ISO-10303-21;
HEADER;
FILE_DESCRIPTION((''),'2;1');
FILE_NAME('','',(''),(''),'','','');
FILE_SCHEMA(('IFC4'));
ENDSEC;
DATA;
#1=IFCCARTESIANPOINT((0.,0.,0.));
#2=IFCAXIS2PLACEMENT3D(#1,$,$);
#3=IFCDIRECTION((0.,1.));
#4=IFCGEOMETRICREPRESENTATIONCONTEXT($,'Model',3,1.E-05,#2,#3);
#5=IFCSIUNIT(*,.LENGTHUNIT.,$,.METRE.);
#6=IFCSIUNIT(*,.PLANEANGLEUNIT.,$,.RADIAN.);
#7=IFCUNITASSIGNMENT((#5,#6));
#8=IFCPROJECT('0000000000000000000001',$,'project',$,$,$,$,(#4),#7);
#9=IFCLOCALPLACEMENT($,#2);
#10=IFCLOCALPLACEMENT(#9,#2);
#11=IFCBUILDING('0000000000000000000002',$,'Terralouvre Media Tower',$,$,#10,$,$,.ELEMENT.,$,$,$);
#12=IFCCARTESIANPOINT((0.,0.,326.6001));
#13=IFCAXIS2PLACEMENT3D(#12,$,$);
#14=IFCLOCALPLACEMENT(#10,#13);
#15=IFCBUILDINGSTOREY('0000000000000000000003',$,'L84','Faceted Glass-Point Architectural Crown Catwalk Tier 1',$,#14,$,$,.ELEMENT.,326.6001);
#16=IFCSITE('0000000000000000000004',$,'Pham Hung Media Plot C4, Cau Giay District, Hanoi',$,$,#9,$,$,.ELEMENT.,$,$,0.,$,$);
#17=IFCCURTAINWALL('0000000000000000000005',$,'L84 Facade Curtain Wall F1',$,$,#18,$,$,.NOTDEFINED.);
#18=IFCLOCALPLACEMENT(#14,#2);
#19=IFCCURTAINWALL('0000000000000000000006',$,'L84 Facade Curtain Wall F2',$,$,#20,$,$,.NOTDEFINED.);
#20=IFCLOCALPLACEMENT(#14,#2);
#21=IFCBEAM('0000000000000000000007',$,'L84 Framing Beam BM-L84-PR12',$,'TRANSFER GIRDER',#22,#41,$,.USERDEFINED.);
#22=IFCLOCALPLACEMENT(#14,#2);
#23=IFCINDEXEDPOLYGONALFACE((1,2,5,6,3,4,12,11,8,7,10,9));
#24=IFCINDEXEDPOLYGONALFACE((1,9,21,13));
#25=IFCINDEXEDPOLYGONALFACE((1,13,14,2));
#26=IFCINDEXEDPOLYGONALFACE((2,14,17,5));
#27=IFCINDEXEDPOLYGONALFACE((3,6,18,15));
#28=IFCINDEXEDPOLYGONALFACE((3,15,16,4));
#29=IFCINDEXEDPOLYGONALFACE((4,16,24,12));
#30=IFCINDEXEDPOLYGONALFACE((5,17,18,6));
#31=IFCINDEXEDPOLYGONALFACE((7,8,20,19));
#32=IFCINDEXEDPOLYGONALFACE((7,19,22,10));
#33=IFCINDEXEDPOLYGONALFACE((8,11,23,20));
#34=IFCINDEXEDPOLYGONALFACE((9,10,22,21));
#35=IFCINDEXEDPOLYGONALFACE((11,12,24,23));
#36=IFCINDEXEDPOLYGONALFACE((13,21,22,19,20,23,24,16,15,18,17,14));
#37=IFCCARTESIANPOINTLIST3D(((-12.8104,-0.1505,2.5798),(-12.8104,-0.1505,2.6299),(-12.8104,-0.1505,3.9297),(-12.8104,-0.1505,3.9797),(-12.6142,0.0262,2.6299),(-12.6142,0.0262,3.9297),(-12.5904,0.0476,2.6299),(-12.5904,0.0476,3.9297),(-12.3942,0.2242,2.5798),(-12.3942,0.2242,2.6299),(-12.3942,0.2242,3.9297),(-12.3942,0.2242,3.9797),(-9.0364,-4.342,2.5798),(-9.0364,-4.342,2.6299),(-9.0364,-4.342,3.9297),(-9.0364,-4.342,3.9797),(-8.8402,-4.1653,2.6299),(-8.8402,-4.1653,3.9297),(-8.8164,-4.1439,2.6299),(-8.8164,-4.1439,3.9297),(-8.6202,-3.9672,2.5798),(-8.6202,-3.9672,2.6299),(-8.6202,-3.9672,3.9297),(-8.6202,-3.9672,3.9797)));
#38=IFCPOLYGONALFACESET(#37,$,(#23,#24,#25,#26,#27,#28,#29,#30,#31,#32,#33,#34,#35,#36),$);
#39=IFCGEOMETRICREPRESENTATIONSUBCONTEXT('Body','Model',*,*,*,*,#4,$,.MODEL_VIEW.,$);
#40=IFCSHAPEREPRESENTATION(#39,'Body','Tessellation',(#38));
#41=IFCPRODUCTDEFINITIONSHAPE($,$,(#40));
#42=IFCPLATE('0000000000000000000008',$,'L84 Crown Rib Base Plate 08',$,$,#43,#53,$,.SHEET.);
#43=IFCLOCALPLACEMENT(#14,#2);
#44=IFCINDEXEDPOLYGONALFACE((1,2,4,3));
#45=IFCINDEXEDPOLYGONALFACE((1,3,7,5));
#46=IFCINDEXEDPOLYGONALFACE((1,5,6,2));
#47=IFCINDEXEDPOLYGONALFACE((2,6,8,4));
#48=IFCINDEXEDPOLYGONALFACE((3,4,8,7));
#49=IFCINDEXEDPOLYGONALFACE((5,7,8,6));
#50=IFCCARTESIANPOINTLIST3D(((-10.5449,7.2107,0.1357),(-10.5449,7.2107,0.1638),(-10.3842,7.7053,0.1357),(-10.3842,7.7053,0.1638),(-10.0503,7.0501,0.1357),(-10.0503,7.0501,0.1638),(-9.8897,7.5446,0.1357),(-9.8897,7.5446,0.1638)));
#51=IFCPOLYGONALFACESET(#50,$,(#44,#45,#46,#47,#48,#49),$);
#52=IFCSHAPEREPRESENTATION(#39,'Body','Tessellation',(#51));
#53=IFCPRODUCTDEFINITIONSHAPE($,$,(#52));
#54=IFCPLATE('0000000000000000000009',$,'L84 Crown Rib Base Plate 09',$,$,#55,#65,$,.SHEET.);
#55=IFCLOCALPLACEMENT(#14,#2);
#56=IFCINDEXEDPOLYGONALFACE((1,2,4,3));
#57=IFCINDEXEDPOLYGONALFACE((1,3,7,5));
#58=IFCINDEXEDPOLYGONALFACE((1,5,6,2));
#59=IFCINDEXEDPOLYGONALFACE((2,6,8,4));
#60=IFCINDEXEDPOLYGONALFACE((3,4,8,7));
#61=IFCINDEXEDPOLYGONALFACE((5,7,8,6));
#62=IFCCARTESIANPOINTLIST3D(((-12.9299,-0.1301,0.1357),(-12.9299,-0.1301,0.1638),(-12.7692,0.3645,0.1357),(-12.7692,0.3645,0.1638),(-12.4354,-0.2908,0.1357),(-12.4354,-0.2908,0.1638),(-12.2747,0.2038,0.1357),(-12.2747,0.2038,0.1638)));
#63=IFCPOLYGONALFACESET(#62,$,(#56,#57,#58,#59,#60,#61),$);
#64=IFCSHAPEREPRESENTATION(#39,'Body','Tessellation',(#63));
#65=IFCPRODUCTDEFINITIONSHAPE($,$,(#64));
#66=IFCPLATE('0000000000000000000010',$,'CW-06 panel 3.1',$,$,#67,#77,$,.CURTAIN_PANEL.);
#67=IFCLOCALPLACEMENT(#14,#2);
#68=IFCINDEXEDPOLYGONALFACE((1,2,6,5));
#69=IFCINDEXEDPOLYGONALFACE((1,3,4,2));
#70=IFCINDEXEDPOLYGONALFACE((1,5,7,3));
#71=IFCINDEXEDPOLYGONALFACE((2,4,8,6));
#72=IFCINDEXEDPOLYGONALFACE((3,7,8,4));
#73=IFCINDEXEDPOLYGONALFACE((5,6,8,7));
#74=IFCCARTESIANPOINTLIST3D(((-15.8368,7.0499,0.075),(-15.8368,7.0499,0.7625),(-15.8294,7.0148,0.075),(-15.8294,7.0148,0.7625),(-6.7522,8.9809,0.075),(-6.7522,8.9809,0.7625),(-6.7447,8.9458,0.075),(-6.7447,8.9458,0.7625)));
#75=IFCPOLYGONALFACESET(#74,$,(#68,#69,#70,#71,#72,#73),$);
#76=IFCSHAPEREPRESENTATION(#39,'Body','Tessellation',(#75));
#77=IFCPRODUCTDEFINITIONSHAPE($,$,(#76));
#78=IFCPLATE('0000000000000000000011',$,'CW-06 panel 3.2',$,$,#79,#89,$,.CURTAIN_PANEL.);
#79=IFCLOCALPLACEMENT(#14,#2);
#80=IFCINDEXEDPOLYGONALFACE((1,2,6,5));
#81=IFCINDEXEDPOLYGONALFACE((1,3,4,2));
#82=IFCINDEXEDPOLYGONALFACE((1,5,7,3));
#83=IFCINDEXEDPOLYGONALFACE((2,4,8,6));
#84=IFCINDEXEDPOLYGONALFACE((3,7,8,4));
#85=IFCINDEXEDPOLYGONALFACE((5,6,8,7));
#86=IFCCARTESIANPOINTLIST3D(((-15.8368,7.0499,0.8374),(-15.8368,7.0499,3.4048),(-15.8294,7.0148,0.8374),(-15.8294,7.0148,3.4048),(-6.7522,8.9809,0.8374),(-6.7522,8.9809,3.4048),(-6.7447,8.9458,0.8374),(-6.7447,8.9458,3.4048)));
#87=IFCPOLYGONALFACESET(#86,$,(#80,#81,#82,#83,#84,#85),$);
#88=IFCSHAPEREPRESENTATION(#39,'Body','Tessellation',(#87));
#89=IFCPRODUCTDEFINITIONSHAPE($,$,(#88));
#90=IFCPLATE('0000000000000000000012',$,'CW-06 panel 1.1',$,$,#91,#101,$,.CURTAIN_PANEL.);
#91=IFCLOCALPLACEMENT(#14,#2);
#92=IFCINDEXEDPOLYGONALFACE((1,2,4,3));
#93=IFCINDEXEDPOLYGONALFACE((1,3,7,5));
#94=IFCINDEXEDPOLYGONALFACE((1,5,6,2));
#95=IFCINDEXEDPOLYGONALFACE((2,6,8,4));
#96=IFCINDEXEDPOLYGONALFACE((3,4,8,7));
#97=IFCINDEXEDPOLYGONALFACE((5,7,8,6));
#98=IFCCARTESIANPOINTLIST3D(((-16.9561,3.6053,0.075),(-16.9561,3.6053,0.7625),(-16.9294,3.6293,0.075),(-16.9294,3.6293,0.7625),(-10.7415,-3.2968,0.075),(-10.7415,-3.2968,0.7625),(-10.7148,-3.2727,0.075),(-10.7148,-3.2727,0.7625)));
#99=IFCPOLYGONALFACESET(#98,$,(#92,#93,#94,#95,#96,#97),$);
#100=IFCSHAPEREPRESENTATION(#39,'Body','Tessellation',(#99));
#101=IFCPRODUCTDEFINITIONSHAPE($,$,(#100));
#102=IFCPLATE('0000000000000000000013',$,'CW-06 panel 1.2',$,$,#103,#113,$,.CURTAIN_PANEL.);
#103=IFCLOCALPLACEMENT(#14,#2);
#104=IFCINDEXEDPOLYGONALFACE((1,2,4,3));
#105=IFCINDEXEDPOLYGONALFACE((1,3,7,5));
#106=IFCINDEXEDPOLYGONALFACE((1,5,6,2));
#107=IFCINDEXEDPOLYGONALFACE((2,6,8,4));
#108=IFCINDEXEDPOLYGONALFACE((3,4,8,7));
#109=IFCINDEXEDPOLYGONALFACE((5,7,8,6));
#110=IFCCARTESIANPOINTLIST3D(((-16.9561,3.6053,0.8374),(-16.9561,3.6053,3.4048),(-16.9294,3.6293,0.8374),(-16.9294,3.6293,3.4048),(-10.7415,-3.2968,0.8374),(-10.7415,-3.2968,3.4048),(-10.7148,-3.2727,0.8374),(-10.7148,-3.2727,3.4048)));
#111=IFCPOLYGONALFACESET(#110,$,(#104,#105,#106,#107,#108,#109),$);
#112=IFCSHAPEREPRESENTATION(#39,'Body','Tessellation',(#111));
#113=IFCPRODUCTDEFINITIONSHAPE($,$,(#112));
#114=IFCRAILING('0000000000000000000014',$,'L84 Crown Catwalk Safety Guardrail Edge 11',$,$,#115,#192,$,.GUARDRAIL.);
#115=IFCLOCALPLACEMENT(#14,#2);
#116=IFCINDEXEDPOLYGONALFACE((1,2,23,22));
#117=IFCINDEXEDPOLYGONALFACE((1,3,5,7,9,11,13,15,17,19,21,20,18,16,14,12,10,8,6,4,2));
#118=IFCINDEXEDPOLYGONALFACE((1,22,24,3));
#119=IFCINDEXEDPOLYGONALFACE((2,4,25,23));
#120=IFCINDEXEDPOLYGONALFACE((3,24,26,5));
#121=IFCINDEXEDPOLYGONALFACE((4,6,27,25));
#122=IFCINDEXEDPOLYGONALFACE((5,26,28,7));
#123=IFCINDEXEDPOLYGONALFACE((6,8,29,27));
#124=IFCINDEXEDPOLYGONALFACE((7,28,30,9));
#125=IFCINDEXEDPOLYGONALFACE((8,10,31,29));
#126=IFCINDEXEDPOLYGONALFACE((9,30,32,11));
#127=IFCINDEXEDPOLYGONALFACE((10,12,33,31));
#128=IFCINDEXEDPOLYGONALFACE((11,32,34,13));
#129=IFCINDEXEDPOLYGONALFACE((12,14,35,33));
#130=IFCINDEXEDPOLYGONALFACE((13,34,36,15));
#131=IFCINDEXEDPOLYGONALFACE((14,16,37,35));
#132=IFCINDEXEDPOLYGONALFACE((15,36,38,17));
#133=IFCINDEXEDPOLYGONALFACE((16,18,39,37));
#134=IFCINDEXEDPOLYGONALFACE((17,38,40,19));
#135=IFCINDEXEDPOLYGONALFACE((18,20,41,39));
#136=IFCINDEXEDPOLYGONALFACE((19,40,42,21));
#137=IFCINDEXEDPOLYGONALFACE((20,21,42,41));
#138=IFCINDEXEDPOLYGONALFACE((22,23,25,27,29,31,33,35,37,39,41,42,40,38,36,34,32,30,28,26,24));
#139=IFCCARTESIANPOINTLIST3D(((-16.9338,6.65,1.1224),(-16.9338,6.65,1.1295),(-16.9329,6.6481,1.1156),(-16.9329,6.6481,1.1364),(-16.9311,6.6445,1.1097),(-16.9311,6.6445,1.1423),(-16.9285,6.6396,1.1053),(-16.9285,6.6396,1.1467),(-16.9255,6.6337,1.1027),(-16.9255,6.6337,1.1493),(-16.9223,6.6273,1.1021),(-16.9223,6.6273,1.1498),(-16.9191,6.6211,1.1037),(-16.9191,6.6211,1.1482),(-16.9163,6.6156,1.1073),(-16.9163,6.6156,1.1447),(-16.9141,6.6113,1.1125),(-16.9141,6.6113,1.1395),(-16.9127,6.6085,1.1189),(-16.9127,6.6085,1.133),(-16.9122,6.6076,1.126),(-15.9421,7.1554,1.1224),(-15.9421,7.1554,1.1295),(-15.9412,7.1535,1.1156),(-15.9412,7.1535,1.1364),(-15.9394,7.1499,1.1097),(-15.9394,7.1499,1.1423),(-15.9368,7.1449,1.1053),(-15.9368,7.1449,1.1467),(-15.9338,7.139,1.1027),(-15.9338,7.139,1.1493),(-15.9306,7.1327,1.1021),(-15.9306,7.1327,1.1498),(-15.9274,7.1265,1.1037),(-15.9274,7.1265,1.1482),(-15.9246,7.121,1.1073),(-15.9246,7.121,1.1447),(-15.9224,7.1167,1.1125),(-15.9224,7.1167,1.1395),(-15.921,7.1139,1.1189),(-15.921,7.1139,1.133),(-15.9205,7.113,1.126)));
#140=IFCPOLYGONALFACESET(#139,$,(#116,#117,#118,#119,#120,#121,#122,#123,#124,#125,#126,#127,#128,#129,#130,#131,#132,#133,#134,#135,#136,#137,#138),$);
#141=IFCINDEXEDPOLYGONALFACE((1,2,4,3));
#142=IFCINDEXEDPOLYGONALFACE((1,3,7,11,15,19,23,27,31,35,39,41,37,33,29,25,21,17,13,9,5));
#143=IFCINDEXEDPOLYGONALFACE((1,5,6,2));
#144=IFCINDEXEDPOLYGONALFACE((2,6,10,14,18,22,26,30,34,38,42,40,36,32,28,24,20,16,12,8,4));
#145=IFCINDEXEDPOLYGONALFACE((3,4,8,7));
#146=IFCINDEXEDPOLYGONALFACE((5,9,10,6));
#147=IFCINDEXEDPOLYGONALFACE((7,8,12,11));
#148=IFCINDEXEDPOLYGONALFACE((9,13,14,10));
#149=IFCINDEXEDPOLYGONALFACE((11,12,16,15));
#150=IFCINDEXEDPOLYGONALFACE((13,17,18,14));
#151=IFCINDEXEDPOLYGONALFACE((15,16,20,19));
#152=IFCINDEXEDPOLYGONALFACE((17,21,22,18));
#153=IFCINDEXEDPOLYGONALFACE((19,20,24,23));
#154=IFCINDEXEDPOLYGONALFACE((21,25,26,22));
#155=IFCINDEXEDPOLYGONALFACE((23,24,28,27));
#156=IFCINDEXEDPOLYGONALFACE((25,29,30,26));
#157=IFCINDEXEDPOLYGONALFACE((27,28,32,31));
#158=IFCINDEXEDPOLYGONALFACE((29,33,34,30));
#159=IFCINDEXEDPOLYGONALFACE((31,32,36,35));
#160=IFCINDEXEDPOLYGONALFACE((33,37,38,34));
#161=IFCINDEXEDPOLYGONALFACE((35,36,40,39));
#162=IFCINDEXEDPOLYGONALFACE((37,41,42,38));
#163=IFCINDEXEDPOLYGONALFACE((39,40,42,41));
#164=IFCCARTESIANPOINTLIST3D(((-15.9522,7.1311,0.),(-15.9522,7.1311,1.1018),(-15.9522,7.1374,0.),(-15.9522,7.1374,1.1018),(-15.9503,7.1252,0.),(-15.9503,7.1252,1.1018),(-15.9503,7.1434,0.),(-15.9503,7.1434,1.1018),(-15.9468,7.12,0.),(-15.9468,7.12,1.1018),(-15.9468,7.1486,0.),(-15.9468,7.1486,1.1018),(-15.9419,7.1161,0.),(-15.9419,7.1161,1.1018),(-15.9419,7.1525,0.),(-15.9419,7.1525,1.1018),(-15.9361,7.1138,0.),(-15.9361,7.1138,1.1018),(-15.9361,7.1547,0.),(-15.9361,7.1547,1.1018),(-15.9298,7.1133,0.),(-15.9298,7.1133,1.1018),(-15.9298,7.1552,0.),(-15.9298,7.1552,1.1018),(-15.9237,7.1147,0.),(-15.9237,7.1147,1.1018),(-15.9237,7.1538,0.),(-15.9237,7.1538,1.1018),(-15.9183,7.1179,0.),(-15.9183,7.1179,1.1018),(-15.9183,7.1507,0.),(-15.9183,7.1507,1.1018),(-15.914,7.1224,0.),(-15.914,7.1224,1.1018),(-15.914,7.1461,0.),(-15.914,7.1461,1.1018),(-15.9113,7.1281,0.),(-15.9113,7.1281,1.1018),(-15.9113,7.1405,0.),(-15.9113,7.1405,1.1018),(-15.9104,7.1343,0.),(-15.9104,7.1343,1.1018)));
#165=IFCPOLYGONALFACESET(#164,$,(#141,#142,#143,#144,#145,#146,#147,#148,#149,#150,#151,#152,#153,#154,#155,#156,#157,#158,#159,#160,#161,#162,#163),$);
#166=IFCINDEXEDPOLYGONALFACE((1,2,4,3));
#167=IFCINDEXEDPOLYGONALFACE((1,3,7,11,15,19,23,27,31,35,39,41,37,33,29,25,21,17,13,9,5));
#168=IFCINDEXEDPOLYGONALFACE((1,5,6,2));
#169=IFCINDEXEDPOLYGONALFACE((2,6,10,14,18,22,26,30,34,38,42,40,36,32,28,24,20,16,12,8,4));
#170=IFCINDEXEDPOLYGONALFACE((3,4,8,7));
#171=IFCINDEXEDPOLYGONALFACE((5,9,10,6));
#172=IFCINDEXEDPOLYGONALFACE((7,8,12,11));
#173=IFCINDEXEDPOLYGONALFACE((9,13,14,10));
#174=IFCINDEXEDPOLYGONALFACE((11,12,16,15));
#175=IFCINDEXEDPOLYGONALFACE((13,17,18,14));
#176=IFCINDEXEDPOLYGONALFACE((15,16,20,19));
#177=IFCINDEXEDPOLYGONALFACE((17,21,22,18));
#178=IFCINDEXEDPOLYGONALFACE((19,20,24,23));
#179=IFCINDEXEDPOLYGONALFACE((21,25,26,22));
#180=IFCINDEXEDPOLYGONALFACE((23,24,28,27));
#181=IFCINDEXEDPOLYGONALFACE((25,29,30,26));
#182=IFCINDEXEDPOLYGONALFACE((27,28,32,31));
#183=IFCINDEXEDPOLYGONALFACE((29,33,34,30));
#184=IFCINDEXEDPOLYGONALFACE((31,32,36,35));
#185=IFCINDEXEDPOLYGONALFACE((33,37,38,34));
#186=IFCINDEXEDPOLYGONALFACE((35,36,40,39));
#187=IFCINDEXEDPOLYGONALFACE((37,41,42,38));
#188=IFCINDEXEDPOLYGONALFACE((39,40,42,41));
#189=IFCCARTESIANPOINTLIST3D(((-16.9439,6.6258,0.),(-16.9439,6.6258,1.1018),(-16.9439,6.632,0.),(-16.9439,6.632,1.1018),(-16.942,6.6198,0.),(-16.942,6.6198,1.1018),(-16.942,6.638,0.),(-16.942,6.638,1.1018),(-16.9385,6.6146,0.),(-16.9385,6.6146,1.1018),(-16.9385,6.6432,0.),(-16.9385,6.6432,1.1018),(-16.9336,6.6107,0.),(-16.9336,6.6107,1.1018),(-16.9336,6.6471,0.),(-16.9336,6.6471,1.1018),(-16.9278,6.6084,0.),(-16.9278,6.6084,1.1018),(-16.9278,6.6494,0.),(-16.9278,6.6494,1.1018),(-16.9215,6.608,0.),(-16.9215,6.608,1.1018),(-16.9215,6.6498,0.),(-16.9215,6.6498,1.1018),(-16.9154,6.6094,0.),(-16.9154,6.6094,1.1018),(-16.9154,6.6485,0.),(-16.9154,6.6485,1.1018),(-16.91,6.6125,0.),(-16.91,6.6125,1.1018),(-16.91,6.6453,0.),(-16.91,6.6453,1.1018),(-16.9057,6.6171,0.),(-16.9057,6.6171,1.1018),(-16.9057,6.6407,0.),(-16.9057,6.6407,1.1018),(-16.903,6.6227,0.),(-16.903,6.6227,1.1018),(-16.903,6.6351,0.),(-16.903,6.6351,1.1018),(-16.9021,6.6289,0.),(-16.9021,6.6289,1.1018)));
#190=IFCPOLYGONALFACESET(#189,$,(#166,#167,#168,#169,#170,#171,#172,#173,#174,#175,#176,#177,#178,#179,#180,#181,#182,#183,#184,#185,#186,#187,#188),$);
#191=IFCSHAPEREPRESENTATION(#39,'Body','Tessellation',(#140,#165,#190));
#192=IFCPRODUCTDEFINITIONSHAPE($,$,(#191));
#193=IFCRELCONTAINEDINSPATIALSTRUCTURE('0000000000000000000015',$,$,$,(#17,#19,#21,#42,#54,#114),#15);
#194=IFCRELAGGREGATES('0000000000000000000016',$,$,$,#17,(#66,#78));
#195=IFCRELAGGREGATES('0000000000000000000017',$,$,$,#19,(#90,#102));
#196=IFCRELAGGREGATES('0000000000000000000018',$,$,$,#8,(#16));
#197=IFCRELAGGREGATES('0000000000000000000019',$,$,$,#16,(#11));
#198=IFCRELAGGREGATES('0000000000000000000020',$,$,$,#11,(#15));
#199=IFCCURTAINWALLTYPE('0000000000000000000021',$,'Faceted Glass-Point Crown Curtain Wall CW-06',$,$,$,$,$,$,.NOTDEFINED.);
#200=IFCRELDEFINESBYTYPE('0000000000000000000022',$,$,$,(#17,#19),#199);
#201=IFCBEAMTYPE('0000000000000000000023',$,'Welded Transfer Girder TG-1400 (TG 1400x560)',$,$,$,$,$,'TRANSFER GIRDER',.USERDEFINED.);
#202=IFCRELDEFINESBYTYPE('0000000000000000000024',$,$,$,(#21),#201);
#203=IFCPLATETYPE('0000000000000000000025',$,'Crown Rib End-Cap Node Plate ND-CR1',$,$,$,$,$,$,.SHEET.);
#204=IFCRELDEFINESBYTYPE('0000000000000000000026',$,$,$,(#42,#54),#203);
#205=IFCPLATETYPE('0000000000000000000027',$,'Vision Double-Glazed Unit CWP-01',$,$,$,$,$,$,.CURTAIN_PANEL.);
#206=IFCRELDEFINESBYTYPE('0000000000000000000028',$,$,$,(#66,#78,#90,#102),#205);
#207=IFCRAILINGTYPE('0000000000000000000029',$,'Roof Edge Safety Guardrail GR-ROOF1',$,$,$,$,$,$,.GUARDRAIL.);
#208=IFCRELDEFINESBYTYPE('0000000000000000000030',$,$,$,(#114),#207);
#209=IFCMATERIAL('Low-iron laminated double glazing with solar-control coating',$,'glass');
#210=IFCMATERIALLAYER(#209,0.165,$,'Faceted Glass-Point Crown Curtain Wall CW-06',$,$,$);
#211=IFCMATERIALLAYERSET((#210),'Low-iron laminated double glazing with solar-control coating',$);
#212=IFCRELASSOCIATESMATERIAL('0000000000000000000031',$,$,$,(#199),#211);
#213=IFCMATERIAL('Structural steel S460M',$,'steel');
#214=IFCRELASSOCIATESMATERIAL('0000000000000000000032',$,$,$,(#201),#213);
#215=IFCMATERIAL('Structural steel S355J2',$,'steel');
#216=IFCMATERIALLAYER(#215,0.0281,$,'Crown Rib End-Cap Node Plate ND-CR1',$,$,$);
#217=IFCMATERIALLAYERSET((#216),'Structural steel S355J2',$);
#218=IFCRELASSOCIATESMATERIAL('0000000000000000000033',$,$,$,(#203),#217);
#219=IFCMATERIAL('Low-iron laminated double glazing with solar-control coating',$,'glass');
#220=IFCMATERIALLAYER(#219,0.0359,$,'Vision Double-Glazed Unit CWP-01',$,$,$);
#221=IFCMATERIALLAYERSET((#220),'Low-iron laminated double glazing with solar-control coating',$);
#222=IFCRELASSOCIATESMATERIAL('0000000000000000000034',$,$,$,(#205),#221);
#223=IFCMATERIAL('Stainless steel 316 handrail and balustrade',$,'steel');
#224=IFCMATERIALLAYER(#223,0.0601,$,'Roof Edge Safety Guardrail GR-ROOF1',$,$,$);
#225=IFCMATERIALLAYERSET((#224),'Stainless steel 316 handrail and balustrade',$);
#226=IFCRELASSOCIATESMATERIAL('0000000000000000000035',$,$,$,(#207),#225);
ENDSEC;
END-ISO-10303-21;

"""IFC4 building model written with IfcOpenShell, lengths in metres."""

from ifc_helpers import new_model, si_unit, direction, frame, origin, origin_2d, place, context, subcontext, project, spatial, rectangle, circle, i_section, extrude, material, layer, layer_set, material_profile, profile_set, type_object, element, aggregate, save


model = new_model("IFC4")

# Units and contexts
model_context = context("Model", 3, precision=1e-05, world=origin(), true_north=direction((0.0, 1.0)))
body_context = subcontext(model_context, "Body", "Model", "MODEL_VIEW")
ifc_project = project(units=[si_unit("LENGTHUNIT", "METRE"), si_unit("PLANEANGLEUNIT", "RADIAN")], contexts=[model_context])

# Site, building, storey
site_placement = place(None, origin())
site = spatial("IfcSite", under=ifc_project, at=site_placement, Name="Pham Hung Media Plot C4, Cau Giay District, Hanoi", CompositionType="ELEMENT", RefElevation=0.0)
building_placement = place(site_placement, origin())
building = spatial("IfcBuilding", under=site, at=building_placement, Name="Terralouvre Media Tower", CompositionType="ELEMENT")
storey_placement = place(building_placement, frame((0.0, 0.0, 326.6001)))
storey = spatial("IfcBuildingStorey", under=building, at=storey_placement, Name="L84", Description="Faceted Glass-Point Architectural Crown Catwalk Tier 1", CompositionType="ELEMENT", Elevation=326.6001)

# Curtain walls
ifc_material_1 = material(Name="Low-iron laminated double glazing with solar-control coating", Category="glass")
ifc_layer_1 = layer(ifc_material_1, 0.165, Name="Faceted Glass-Point Crown Curtain Wall CW-06")
ifc_layer_set_1 = layer_set([ifc_layer_1], Name="Low-iron laminated double glazing with solar-control coating")
curtain_wall_type = type_object("IfcCurtainWallType", Name="Faceted Glass-Point Crown Curtain Wall CW-06", PredefinedType="NOTDEFINED", material=ifc_layer_set_1)
curtain_wall_1_placement = place(storey_placement, origin())
curtain_wall_1 = element("IfcCurtainWall", 1, at=curtain_wall_1_placement, inside=storey, type_object=curtain_wall_type, Name="L84 Facade Curtain Wall F1", PredefinedType="NOTDEFINED")
curtain_wall_2_placement = place(storey_placement, origin())
curtain_wall_2 = element("IfcCurtainWall", 2, at=curtain_wall_2_placement, inside=storey, type_object=curtain_wall_type, Name="L84 Facade Curtain Wall F2", PredefinedType="NOTDEFINED")

# Beam
ifc_material_2 = material(Name="Structural steel S460M", Category="steel")
ifc_material_profile_1 = material_profile(ifc_material_2, i_section(OverallWidth=0.5601, OverallDepth=1.3999, WebThickness=0.032, FlangeThickness=0.05, at=origin_2d()), Name="TG 1400x560")
ifc_profile_set_1 = profile_set([ifc_material_profile_1], Name="Structural steel S460M")
beam_type = type_object("IfcBeamType", Name="Welded Transfer Girder TG-1400 (TG 1400x560)", ElementType="TRANSFER GIRDER", PredefinedType="USERDEFINED", material=ifc_profile_set_1)
beam_1_placement = place(storey_placement, frame((-12.6023, 0.0369, 3.2798), z_axis=(0.669127, -0.743148, 0.0), x_axis=(0.743148, 0.669127, 0.0)))
element("IfcBeam", 3, at=beam_1_placement, inside=storey, type_object=beam_type, Name="L84 Framing Beam BM-L84-PR12", ObjectType="TRANSFER GIRDER", PredefinedType="USERDEFINED", context=body_context, shape_type="SweptSolid", body=[
    extrude(i_section(OverallWidth=0.5601, OverallDepth=1.3999, WebThickness=0.032, FlangeThickness=0.05, at=origin_2d()), origin(), (0.0, 0.0, 1.0), 5.6401),
])

# Plates
ifc_material_3 = material(Name="Structural steel S355J2", Category="steel")
ifc_layer_2 = layer(ifc_material_3, 0.0281, Name="Crown Rib End-Cap Node Plate ND-CR1")
ifc_layer_set_2 = layer_set([ifc_layer_2], Name="Structural steel S355J2")
plate_type_1 = type_object("IfcPlateType", Name="Crown Rib End-Cap Node Plate ND-CR1", PredefinedType="SHEET", material=ifc_layer_set_2)
for number, where, z_axis, x_axis, name in (
    (4, (-10.2173, 7.3777, 0.1357), (0.0, 0.0, 1.0), (0.309017, 0.951057, 0.0), "L84 Crown Rib Base Plate 08"),
    (5, (-12.6023, 0.0369, 0.1357), (0.0, 0.0, 1.0), (0.309017, 0.951057, 0.0), "L84 Crown Rib Base Plate 09"),
):
    element("IfcPlate", number, at=place(storey_placement, frame(where, z_axis=z_axis, x_axis=x_axis)), inside=storey, type_object=plate_type_1, Name=name, PredefinedType="SHEET", context=body_context, shape_type="SweptSolid", body=[
        extrude(rectangle(XDim=0.52, YDim=0.52, at=origin_2d()), origin(), (0.0, 0.0, 1.0), 0.0281),
    ])

# Plates
ifc_material_4 = material(Name="Low-iron laminated double glazing with solar-control coating", Category="glass")
ifc_layer_3 = layer(ifc_material_4, 0.0359, Name="Vision Double-Glazed Unit CWP-01")
ifc_layer_set_3 = layer_set([ifc_layer_3], Name="Low-iron laminated double glazing with solar-control coating")
plate_type_2 = type_object("IfcPlateType", Name="Vision Double-Glazed Unit CWP-01", PredefinedType="CURTAIN_PANEL", material=ifc_layer_set_3)
plate_1_placement = place(storey_placement, frame((-11.2908, 7.9978, 0.075), z_axis=(0.0, 0.0, 1.0), x_axis=(-0.978148, -0.207912, 0.0)))
plate_1 = element("IfcPlate", 6, at=plate_1_placement, type_object=plate_type_2, Name="CW-06 panel 3.1", PredefinedType="CURTAIN_PANEL", context=body_context, shape_type="SweptSolid", body=[
    extrude(rectangle(XDim=9.2876, YDim=0.0359, at=origin_2d()), origin(), (0.0, 0.0, 1.0), 0.6875),
])
plate_2_placement = place(storey_placement, frame((-11.2908, 7.9978, 0.8374), z_axis=(0.0, 0.0, 1.0), x_axis=(-0.978148, -0.207912, 0.0)))
plate_2 = element("IfcPlate", 7, at=plate_2_placement, type_object=plate_type_2, Name="CW-06 panel 3.2", PredefinedType="CURTAIN_PANEL", context=body_context, shape_type="SweptSolid", body=[
    extrude(rectangle(XDim=9.2876, YDim=0.0359, at=origin_2d()), origin(), (0.0, 0.0, 1.0), 2.5674),
])
aggregate(curtain_wall_1, [plate_1, plate_2])
plate_3_placement = place(storey_placement, frame((-13.8354, 0.1663, 0.075), z_axis=(0.0, 0.0, 1.0), x_axis=(0.66913, -0.743145, 0.0)))
plate_3 = element("IfcPlate", 8, at=plate_3_placement, type_object=plate_type_2, Name="CW-06 panel 1.1", PredefinedType="CURTAIN_PANEL", context=body_context, shape_type="SweptSolid", body=[
    extrude(rectangle(XDim=9.2876, YDim=0.0359, at=origin_2d()), origin(), (0.0, 0.0, 1.0), 0.6875),
])
plate_4_placement = place(storey_placement, frame((-13.8354, 0.1663, 0.8374), z_axis=(0.0, 0.0, 1.0), x_axis=(0.66913, -0.743145, 0.0)))
plate_4 = element("IfcPlate", 9, at=plate_4_placement, type_object=plate_type_2, Name="CW-06 panel 1.2", PredefinedType="CURTAIN_PANEL", context=body_context, shape_type="SweptSolid", body=[
    extrude(rectangle(XDim=9.2876, YDim=0.0359, at=origin_2d()), origin(), (0.0, 0.0, 1.0), 2.5674),
])
aggregate(curtain_wall_2, [plate_3, plate_4])

# Railing
ifc_material_5 = material(Name="Stainless steel 316 handrail and balustrade", Category="steel")
ifc_layer_4 = layer(ifc_material_5, 0.0601, Name="Roof Edge Safety Guardrail GR-ROOF1")
ifc_layer_set_4 = layer_set([ifc_layer_4], Name="Stainless steel 316 handrail and balustrade")
railing_type = type_object("IfcRailingType", Name="Roof Edge Safety Guardrail GR-ROOF1", PredefinedType="GUARDRAIL", material=ifc_layer_set_4)
railing_1_placement = place(storey_placement, frame((-15.9314, 7.1343, 0.0)))
element("IfcRailing", 10, at=railing_1_placement, inside=storey, type_object=railing_type, Name="L84 Crown Catwalk Safety Guardrail Edge 11", PredefinedType="GUARDRAIL", context=body_context, shape_type="SweptSolid", body=[
    extrude(circle(Radius=0.0239, at=origin_2d()), frame((0.0, 0.0, 1.126), z_axis=(-0.890979, -0.454044, 0.0), x_axis=(0.454044, -0.890979, 0.0)), (0.0, 0.0, 1.0), 1.113),
    extrude(circle(Radius=0.021, at=origin_2d()), origin(), (0.0, 0.0, 1.0), 1.1018),
    extrude(circle(Radius=0.021, at=origin_2d()), frame((-0.9917, -0.5054, 0.0)), (0.0, 0.0, 1.0), 1.1018),
])

save(model, "model.ifc")
